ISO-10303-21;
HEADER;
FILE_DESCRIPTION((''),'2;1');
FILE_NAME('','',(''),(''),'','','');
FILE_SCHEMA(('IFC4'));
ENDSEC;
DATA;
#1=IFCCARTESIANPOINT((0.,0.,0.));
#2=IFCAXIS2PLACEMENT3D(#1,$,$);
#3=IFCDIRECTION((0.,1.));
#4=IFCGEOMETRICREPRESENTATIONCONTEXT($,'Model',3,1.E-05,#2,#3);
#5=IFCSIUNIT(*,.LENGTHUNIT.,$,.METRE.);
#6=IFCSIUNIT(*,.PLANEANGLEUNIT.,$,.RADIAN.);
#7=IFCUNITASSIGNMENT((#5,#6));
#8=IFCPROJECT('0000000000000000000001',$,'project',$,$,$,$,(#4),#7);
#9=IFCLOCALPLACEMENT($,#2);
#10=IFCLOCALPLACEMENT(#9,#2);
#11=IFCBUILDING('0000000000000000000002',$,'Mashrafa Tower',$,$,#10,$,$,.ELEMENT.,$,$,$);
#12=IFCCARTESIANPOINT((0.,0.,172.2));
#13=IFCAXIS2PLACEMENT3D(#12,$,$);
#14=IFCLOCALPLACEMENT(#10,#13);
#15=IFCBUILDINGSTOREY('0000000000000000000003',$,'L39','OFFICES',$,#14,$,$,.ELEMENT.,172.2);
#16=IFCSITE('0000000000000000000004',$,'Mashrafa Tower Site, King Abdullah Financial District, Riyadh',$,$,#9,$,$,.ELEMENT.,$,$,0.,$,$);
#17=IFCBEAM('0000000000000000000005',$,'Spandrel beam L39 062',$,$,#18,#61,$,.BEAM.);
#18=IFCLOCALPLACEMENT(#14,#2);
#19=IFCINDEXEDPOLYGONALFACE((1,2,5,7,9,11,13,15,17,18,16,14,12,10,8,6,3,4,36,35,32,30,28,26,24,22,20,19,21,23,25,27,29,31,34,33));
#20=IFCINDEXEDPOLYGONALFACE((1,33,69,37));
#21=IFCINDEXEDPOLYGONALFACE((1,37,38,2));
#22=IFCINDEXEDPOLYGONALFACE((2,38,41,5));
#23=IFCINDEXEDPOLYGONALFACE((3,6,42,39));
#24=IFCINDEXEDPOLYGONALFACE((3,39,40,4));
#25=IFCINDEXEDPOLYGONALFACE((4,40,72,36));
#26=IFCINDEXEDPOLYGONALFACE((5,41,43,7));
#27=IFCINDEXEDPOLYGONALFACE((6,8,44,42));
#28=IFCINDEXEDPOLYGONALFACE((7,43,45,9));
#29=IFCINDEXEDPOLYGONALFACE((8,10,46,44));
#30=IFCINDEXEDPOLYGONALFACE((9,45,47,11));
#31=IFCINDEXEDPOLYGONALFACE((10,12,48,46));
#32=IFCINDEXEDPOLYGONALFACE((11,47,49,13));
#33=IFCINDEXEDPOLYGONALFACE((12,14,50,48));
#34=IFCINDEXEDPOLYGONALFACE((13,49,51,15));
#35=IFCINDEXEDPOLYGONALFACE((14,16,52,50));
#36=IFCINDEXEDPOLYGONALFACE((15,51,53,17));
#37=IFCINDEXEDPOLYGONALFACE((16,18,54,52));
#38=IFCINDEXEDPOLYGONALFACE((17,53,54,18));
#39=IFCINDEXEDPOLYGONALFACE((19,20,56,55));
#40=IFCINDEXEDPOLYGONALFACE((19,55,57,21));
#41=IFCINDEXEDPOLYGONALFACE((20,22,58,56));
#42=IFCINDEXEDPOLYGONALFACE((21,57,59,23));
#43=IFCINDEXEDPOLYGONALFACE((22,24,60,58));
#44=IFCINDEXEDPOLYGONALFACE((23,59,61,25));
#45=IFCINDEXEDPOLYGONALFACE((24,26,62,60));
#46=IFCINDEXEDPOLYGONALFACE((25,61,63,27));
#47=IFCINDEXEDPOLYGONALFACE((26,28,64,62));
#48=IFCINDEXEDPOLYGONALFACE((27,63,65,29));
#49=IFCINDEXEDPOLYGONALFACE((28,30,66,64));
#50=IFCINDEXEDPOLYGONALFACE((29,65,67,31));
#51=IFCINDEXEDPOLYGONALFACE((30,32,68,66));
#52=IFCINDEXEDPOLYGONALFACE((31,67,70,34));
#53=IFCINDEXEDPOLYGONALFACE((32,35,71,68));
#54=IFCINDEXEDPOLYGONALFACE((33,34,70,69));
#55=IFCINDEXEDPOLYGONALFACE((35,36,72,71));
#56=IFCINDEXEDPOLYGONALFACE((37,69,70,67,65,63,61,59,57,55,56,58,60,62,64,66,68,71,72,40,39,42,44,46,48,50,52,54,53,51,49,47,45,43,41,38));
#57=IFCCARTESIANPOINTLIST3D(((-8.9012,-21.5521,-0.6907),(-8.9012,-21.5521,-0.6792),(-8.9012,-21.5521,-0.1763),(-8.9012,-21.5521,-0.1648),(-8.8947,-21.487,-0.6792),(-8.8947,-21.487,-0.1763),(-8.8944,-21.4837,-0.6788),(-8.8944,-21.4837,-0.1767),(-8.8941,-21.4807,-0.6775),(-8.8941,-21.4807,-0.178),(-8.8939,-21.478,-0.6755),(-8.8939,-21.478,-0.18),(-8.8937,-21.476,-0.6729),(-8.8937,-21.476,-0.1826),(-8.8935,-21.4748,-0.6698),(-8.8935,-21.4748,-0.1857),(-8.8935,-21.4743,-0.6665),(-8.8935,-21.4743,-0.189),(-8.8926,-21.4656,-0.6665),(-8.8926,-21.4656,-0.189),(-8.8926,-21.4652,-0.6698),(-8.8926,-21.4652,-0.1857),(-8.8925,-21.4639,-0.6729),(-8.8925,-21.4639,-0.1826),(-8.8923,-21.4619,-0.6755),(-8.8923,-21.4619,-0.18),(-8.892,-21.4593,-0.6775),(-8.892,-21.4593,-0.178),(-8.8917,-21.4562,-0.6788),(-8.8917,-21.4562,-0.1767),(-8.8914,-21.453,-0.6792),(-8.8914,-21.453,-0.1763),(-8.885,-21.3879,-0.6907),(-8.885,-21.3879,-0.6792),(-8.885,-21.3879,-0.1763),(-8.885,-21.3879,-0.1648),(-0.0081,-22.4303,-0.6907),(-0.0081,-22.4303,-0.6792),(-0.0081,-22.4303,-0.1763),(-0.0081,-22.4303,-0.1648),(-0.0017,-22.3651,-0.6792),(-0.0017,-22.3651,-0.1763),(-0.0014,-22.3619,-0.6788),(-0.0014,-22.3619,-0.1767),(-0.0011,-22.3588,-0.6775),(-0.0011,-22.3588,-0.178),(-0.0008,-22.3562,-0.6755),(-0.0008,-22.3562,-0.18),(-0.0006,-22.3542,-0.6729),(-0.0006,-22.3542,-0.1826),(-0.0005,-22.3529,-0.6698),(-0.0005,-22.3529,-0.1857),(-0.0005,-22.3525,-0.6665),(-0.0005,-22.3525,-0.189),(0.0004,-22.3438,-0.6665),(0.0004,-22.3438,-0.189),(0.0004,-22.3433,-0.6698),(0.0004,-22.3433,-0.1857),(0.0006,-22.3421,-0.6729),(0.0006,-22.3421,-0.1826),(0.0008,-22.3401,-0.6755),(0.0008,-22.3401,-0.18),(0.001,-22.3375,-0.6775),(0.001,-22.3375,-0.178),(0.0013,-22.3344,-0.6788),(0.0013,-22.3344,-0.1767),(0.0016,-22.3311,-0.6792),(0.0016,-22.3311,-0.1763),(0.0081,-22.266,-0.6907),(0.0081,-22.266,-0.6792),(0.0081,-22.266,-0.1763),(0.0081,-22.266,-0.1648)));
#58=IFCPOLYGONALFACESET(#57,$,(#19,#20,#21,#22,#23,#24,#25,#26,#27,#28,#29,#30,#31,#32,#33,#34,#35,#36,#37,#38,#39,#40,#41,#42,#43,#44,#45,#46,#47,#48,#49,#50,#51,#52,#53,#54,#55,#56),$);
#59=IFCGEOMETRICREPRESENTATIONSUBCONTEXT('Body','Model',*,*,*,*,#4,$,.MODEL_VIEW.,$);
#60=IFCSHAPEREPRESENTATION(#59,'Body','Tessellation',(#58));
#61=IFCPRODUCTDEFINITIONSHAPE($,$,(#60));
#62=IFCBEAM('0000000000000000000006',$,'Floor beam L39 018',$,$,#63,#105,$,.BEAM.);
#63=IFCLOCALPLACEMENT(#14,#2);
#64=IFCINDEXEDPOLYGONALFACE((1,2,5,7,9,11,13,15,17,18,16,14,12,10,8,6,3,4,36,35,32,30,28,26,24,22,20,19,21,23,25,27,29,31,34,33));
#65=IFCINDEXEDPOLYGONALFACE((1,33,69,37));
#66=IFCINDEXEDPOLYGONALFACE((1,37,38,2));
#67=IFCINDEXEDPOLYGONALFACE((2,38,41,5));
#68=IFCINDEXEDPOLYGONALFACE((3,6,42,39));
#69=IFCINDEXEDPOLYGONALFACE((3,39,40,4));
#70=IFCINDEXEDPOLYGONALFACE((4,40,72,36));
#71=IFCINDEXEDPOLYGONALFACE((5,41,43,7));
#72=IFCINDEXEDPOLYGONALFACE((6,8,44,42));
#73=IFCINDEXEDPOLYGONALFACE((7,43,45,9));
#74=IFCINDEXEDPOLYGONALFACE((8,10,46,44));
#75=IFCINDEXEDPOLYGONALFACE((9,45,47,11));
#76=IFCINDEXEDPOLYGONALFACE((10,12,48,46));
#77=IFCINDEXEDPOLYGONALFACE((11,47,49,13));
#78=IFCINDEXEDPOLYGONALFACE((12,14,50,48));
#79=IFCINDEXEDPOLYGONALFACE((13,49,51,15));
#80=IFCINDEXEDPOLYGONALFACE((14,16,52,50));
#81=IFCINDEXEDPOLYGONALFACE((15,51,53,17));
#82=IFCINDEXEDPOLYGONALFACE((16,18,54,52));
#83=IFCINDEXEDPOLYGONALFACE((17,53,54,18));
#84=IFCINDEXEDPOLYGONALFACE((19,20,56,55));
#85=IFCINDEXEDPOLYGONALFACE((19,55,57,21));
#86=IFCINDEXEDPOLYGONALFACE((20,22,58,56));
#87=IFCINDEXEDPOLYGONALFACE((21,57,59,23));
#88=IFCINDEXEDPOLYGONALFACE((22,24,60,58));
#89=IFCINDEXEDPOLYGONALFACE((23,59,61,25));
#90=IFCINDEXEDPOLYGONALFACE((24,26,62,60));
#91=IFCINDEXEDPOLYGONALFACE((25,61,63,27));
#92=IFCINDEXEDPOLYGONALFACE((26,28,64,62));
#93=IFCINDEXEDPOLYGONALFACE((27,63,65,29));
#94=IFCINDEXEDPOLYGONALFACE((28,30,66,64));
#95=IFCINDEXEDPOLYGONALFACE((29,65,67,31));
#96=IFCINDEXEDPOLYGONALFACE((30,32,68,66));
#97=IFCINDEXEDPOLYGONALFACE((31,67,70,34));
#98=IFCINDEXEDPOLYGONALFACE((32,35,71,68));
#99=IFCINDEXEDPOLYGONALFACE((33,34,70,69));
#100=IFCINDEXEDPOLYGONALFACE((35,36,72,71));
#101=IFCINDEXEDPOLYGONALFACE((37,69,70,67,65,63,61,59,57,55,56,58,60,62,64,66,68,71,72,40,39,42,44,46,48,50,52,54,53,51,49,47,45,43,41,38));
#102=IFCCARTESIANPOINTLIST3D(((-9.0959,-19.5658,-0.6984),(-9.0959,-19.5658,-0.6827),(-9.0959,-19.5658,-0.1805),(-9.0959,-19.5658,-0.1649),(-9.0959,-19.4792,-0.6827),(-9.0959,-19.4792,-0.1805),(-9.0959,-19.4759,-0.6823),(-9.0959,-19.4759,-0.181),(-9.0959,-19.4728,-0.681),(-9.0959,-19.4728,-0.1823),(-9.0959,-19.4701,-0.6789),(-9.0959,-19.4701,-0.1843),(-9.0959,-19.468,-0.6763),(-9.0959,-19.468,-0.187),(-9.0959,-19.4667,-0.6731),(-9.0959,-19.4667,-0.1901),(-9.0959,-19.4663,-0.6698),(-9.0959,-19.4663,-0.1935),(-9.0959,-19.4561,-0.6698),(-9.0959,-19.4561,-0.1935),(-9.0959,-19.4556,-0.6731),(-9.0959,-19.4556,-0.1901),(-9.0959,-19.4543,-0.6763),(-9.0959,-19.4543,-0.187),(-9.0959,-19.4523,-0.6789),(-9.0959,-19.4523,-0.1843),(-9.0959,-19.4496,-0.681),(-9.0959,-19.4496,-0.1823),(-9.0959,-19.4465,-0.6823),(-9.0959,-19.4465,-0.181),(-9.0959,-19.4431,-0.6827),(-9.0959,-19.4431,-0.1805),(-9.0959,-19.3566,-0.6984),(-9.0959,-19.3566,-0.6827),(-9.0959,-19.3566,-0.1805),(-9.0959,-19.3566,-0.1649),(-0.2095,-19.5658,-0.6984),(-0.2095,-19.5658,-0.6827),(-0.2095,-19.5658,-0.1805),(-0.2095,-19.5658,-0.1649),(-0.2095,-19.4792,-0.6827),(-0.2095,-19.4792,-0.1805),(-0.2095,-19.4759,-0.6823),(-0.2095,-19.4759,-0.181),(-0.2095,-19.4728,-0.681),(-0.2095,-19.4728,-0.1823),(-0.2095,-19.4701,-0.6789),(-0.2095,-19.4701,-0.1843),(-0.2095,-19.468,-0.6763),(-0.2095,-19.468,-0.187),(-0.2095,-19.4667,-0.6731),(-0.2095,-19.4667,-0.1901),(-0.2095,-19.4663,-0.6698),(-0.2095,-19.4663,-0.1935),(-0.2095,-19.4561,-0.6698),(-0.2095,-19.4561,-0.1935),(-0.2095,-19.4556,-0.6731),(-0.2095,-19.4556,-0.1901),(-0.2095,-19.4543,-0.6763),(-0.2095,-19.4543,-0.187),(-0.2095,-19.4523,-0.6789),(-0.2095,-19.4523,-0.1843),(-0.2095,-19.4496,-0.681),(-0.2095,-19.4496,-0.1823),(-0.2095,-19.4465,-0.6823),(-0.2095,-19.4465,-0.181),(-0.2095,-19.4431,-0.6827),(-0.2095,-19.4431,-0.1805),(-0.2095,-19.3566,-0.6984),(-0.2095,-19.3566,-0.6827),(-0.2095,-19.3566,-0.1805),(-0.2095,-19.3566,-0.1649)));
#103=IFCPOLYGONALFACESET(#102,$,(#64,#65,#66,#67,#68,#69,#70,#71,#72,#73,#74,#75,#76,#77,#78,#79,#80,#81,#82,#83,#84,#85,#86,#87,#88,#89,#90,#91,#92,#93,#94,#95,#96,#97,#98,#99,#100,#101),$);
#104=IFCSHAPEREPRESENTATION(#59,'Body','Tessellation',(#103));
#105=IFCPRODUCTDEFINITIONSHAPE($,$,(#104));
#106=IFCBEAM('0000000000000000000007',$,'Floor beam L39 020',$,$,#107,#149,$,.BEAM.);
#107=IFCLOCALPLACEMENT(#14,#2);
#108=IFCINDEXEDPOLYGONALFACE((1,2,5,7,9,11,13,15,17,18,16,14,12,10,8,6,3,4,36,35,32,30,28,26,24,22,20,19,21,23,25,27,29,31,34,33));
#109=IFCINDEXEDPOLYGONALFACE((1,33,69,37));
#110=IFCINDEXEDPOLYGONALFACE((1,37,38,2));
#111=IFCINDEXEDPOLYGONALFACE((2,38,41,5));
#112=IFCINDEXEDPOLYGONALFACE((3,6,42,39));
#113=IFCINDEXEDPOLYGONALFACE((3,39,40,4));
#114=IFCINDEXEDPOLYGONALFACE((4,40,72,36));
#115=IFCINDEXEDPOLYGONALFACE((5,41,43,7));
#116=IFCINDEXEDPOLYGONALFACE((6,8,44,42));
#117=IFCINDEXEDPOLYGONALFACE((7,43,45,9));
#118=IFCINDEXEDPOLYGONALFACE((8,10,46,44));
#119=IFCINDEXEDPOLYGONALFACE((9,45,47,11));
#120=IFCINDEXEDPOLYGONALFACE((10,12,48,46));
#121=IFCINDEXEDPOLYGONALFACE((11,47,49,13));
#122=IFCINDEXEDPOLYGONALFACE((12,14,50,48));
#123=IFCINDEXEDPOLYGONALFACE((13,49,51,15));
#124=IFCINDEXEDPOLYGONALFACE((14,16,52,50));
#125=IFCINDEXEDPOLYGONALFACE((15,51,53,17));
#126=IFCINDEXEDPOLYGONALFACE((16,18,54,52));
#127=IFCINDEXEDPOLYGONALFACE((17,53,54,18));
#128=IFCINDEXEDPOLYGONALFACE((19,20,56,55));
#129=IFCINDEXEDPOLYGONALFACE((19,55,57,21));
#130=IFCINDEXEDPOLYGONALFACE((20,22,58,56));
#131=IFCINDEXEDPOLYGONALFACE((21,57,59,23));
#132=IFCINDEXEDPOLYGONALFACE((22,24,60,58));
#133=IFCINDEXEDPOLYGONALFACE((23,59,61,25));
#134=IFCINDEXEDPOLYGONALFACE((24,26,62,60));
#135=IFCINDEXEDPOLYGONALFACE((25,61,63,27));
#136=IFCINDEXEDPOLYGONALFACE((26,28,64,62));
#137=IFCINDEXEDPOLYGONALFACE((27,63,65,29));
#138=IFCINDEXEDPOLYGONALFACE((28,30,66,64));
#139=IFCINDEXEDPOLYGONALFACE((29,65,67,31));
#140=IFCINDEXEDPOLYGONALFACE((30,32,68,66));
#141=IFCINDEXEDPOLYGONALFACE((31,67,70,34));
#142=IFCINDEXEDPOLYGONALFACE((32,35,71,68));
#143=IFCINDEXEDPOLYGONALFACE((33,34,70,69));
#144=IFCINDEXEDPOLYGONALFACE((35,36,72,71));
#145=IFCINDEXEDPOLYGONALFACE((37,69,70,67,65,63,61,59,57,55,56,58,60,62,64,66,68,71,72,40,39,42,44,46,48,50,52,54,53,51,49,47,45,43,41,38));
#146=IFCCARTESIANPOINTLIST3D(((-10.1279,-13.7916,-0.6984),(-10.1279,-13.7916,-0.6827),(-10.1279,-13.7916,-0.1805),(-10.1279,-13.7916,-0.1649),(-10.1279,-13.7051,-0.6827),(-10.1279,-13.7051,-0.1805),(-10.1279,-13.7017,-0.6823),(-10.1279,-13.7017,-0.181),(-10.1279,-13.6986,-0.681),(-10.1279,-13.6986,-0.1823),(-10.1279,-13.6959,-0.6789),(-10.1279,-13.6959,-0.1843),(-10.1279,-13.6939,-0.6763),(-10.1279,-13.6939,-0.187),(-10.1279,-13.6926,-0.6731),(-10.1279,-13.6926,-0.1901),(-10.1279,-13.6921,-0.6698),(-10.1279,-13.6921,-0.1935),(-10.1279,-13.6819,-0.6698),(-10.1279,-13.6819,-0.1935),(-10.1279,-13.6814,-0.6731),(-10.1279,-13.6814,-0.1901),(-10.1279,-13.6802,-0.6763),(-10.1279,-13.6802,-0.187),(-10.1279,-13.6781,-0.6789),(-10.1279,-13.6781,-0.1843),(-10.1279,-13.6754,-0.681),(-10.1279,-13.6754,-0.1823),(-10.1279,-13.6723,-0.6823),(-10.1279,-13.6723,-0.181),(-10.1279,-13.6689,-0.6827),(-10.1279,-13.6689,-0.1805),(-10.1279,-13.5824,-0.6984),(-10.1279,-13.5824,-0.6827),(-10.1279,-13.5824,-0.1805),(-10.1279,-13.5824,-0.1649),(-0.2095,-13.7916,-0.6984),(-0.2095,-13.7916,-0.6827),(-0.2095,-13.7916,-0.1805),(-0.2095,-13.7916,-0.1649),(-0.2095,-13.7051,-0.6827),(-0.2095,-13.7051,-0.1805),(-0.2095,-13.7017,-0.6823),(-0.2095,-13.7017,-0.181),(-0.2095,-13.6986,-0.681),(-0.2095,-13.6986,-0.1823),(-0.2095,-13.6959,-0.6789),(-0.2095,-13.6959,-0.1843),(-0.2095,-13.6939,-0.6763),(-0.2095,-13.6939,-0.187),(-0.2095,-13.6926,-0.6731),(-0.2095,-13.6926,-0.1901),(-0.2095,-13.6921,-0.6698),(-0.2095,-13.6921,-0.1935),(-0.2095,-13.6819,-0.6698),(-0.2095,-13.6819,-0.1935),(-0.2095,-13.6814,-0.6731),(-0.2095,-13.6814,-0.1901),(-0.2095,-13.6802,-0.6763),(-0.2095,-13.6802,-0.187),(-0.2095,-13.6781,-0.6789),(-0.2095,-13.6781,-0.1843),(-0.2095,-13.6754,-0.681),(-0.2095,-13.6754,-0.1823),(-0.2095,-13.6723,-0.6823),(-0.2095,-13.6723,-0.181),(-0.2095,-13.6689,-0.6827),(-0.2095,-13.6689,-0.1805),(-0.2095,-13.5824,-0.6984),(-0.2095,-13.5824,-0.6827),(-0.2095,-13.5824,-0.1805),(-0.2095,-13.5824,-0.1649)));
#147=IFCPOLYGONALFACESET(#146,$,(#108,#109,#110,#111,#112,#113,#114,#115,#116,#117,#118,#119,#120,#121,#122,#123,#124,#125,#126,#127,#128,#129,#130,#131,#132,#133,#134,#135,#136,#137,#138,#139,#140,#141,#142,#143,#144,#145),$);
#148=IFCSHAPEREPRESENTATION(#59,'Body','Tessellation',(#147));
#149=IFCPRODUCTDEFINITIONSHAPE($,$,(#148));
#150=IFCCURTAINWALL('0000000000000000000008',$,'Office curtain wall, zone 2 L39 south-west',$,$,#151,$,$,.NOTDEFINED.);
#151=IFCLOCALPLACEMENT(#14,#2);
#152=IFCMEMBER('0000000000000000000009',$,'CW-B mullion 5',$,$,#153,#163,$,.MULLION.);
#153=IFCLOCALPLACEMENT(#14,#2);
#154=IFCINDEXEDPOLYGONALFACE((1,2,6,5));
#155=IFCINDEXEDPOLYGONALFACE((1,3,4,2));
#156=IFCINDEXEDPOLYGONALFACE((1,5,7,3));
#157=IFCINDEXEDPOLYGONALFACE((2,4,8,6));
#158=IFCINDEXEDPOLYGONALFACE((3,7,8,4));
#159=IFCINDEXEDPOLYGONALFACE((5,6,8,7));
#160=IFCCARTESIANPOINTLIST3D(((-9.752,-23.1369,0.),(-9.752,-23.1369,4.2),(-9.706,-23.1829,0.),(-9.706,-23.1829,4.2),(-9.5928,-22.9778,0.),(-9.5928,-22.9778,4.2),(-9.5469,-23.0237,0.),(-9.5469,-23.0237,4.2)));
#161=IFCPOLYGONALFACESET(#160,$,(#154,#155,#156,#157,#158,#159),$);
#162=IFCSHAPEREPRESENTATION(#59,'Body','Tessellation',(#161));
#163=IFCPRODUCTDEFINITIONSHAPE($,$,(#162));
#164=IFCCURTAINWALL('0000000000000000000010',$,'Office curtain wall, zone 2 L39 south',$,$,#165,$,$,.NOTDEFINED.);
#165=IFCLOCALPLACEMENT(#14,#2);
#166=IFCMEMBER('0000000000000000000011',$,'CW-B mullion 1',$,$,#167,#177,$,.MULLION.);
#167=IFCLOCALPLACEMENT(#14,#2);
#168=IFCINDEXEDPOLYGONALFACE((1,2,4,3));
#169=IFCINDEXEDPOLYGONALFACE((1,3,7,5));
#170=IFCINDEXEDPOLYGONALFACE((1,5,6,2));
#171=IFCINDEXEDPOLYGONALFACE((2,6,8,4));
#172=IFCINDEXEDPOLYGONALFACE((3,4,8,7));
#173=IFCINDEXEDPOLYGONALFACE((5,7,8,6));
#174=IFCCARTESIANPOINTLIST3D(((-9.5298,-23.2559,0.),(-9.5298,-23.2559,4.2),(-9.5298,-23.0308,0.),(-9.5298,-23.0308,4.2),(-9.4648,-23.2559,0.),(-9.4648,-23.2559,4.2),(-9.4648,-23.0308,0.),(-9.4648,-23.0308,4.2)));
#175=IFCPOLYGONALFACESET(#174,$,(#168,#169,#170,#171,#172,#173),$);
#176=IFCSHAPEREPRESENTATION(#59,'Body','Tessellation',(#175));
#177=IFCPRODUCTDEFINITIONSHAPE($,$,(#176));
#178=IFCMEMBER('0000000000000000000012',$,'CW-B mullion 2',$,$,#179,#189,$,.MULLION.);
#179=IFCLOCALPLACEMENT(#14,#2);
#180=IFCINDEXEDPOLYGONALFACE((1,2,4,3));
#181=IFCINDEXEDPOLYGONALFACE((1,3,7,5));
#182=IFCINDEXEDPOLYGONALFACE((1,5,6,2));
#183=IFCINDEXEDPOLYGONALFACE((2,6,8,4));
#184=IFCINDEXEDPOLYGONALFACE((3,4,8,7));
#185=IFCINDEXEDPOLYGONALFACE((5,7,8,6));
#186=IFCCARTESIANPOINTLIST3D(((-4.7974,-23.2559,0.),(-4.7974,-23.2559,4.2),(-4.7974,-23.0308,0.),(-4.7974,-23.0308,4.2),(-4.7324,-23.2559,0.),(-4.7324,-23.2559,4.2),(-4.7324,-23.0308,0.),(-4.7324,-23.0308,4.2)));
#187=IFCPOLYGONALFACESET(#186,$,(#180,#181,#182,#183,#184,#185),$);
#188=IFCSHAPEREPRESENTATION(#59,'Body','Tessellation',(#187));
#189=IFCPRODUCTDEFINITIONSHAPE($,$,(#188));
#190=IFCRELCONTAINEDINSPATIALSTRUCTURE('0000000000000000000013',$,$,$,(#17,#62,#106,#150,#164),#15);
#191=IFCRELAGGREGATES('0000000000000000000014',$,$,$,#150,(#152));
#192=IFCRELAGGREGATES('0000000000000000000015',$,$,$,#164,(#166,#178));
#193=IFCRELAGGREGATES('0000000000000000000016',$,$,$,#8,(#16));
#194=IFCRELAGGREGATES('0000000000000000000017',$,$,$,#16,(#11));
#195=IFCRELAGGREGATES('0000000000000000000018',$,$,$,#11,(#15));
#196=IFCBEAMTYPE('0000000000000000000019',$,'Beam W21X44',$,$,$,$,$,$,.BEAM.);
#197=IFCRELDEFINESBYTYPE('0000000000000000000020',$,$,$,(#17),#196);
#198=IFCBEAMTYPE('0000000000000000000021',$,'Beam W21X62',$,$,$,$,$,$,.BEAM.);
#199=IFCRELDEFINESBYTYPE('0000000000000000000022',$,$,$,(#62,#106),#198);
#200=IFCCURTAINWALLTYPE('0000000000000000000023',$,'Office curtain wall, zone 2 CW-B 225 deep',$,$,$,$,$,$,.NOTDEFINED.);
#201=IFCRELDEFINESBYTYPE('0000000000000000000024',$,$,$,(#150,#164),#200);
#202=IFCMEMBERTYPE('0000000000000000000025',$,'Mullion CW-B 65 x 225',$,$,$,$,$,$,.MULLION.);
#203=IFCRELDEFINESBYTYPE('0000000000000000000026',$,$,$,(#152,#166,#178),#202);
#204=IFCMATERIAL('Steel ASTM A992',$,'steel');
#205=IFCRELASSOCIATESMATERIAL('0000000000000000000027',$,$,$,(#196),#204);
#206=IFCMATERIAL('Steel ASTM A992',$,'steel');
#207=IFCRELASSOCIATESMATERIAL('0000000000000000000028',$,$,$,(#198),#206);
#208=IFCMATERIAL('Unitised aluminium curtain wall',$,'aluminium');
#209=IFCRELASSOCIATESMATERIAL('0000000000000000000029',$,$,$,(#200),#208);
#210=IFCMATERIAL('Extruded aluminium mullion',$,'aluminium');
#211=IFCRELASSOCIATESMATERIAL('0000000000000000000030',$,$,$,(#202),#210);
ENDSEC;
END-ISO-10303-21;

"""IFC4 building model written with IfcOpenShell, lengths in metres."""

from ifc_helpers import new_model, si_unit, direction, frame, origin, origin_2d, place, context, subcontext, project, spatial, rectangle, i_section, extrude, source, transform, mapped, material, material_profile, profile_set, type_object, type_shapes, element, aggregate, save


model = new_model("IFC4")

# Units and contexts
model_context = context("Model", 3, precision=1e-05, world=origin(), true_north=direction((0.0, 1.0)))
body_context = subcontext(model_context, "Body", "Model", "MODEL_VIEW")
ifc_project = project(units=[si_unit("LENGTHUNIT", "METRE"), si_unit("PLANEANGLEUNIT", "RADIAN")], contexts=[model_context])

# Site, building, storey
site_placement = place(None, origin())
site = spatial("IfcSite", under=ifc_project, at=site_placement, Name="Mashrafa Tower Site, King Abdullah Financial District, Riyadh", CompositionType="ELEMENT", RefElevation=0.0)
building_placement = place(site_placement, origin())
building = spatial("IfcBuilding", under=site, at=building_placement, Name="Mashrafa Tower", CompositionType="ELEMENT")
storey_placement = place(building_placement, frame((0.0, 0.0, 172.2)))
storey = spatial("IfcBuildingStorey", under=building, at=storey_placement, Name="L39", Description="OFFICES", CompositionType="ELEMENT", Elevation=172.2)

# Beams
ifc_material_1 = material(Name="Steel ASTM A992", Category="steel")
ifc_material_profile_1 = material_profile(ifc_material_1, i_section(OverallWidth=0.165, OverallDepth=0.5259, WebThickness=0.0088, FlangeThickness=0.0115, FilletRadius=0.0127, at=origin_2d()), Name="W21X44")
ifc_profile_set_1 = profile_set([ifc_material_profile_1], Name="Steel ASTM A992")
beam_type_1 = type_object("IfcBeamType", Name="Beam W21X44", PredefinedType="BEAM", material=ifc_profile_set_1)
beam_1_placement = place(storey_placement, frame((-8.8931, -21.47, -0.4277), z_axis=(0.99516, -0.09827, 0.0), x_axis=(0.09827, 0.99516, 0.0)))
element("IfcBeam", 1, at=beam_1_placement, inside=storey, type_object=beam_type_1, Name="Spandrel beam L39 062", PredefinedType="BEAM", context=body_context, shape_type="SweptSolid", body=[
    extrude(i_section(OverallWidth=0.165, OverallDepth=0.5259, WebThickness=0.0088, FlangeThickness=0.0115, FilletRadius=0.0127, at=origin_2d()), origin(), (0.0, 0.0, 1.0), 8.9363),
])
ifc_material_2 = material(Name="Steel ASTM A992", Category="steel")
ifc_material_profile_2 = material_profile(ifc_material_2, i_section(OverallWidth=0.2092, OverallDepth=0.5334, WebThickness=0.0103, FlangeThickness=0.0156, FilletRadius=0.0129, at=origin_2d()), Name="W21X62")
ifc_profile_set_2 = profile_set([ifc_material_profile_2], Name="Steel ASTM A992")
beam_type_2 = type_object("IfcBeamType", Name="Beam W21X62", PredefinedType="BEAM", material=ifc_profile_set_2)
beam_2_placement = place(storey_placement, frame((-0.2095, -19.4612, -0.4316), z_axis=(-1.0, 0.0, 0.0), x_axis=(0.0, -1.0, 0.0)))
element("IfcBeam", 2, at=beam_2_placement, inside=storey, type_object=beam_type_2, Name="Floor beam L39 018", PredefinedType="BEAM", context=body_context, shape_type="SweptSolid", body=[
    extrude(i_section(OverallWidth=0.2092, OverallDepth=0.5334, WebThickness=0.0103, FlangeThickness=0.0156, FilletRadius=0.0129, at=origin_2d()), origin(), (0.0, 0.0, 1.0), 8.8865),
])
beam_3_placement = place(storey_placement, frame((-0.2095, -13.687, -0.4316), z_axis=(-1.0, 0.0, 0.0), x_axis=(0.0, -1.0, 0.0)))
element("IfcBeam", 3, at=beam_3_placement, inside=storey, type_object=beam_type_2, Name="Floor beam L39 020", PredefinedType="BEAM", context=body_context, shape_type="SweptSolid", body=[
    extrude(i_section(OverallWidth=0.2092, OverallDepth=0.5334, WebThickness=0.0103, FlangeThickness=0.0156, FilletRadius=0.0129, at=origin_2d()), origin(), (0.0, 0.0, 1.0), 9.9185),
])

# Curtain wall, member
ifc_material_3 = material(Name="Unitised aluminium curtain wall", Category="aluminium")
curtain_wall_type = type_object("IfcCurtainWallType", Name="Office curtain wall, zone 2 CW-B 225 deep", PredefinedType="NOTDEFINED", material=ifc_material_3)
curtain_wall_1_placement = place(storey_placement, origin())
curtain_wall_1 = element("IfcCurtainWall", 4, at=curtain_wall_1_placement, inside=storey, type_object=curtain_wall_type, Name="Office curtain wall, zone 2 L39 south-west", PredefinedType="NOTDEFINED")
ifc_material_4 = material(Name="Extruded aluminium mullion", Category="aluminium")
ifc_material_profile_3 = material_profile(ifc_material_4, rectangle(XDim=0.2251, YDim=0.0649, at=origin_2d()), Name="Mullion 65x225")
ifc_profile_set_3 = profile_set([ifc_material_profile_3], Name="Extruded aluminium mullion")
member_type_1 = type_object("IfcMemberType", Name="Mullion CW-B 65 x 225", PredefinedType="MULLION", material=ifc_profile_set_3)
shared_shape_1 = source(origin(), body_context, "Body", "SweptSolid", [
    extrude(rectangle(XDim=0.2251, YDim=0.0649, at=origin_2d()), origin(), (0.0, 0.0, 1.0), 4.2),
])
type_shapes(member_type_1, [shared_shape_1])
member_1_placement = place(storey_placement, frame((-9.6494, -23.0803, 0.0), z_axis=(0.0, 0.0, 1.0), x_axis=(0.707107, 0.707107, 0.0)))
member_1 = element("IfcMember", 5, at=member_1_placement, type_object=member_type_1, Name="CW-B mullion 5", PredefinedType="MULLION", context=body_context, shape_type="MappedRepresentation", body=[
    mapped(shared_shape_1, transform((0.0, 0.0, 0.0))),
])

# Curtain wall, members
curtain_wall_2_placement = place(storey_placement, origin())
curtain_wall_2 = element("IfcCurtainWall", 6, at=curtain_wall_2_placement, inside=storey, type_object=curtain_wall_type, Name="Office curtain wall, zone 2 L39 south", PredefinedType="NOTDEFINED")
member_2_placement = place(storey_placement, frame((-9.4973, -23.1433, 0.0), z_axis=(0.0, 0.0, 1.0), x_axis=(0.0, 1.0, 0.0)))
member_2 = element("IfcMember", 7, at=member_2_placement, type_object=member_type_1, Name="CW-B mullion 1", PredefinedType="MULLION", context=body_context, shape_type="MappedRepresentation", body=[
    mapped(shared_shape_1, transform((0.0, 0.0, 0.0))),
])
member_3_placement = place(storey_placement, frame((-4.7649, -23.1433, 0.0), z_axis=(0.0, 0.0, 1.0), x_axis=(0.0, 1.0, 0.0)))
member_3 = element("IfcMember", 8, at=member_3_placement, type_object=member_type_1, Name="CW-B mullion 2", PredefinedType="MULLION", context=body_context, shape_type="MappedRepresentation", body=[
    mapped(shared_shape_1, transform((0.0, 0.0, 0.0))),
])

aggregate(curtain_wall_1, [member_1])
aggregate(curtain_wall_2, [member_2, member_3])

save(model, "model.ifc")
